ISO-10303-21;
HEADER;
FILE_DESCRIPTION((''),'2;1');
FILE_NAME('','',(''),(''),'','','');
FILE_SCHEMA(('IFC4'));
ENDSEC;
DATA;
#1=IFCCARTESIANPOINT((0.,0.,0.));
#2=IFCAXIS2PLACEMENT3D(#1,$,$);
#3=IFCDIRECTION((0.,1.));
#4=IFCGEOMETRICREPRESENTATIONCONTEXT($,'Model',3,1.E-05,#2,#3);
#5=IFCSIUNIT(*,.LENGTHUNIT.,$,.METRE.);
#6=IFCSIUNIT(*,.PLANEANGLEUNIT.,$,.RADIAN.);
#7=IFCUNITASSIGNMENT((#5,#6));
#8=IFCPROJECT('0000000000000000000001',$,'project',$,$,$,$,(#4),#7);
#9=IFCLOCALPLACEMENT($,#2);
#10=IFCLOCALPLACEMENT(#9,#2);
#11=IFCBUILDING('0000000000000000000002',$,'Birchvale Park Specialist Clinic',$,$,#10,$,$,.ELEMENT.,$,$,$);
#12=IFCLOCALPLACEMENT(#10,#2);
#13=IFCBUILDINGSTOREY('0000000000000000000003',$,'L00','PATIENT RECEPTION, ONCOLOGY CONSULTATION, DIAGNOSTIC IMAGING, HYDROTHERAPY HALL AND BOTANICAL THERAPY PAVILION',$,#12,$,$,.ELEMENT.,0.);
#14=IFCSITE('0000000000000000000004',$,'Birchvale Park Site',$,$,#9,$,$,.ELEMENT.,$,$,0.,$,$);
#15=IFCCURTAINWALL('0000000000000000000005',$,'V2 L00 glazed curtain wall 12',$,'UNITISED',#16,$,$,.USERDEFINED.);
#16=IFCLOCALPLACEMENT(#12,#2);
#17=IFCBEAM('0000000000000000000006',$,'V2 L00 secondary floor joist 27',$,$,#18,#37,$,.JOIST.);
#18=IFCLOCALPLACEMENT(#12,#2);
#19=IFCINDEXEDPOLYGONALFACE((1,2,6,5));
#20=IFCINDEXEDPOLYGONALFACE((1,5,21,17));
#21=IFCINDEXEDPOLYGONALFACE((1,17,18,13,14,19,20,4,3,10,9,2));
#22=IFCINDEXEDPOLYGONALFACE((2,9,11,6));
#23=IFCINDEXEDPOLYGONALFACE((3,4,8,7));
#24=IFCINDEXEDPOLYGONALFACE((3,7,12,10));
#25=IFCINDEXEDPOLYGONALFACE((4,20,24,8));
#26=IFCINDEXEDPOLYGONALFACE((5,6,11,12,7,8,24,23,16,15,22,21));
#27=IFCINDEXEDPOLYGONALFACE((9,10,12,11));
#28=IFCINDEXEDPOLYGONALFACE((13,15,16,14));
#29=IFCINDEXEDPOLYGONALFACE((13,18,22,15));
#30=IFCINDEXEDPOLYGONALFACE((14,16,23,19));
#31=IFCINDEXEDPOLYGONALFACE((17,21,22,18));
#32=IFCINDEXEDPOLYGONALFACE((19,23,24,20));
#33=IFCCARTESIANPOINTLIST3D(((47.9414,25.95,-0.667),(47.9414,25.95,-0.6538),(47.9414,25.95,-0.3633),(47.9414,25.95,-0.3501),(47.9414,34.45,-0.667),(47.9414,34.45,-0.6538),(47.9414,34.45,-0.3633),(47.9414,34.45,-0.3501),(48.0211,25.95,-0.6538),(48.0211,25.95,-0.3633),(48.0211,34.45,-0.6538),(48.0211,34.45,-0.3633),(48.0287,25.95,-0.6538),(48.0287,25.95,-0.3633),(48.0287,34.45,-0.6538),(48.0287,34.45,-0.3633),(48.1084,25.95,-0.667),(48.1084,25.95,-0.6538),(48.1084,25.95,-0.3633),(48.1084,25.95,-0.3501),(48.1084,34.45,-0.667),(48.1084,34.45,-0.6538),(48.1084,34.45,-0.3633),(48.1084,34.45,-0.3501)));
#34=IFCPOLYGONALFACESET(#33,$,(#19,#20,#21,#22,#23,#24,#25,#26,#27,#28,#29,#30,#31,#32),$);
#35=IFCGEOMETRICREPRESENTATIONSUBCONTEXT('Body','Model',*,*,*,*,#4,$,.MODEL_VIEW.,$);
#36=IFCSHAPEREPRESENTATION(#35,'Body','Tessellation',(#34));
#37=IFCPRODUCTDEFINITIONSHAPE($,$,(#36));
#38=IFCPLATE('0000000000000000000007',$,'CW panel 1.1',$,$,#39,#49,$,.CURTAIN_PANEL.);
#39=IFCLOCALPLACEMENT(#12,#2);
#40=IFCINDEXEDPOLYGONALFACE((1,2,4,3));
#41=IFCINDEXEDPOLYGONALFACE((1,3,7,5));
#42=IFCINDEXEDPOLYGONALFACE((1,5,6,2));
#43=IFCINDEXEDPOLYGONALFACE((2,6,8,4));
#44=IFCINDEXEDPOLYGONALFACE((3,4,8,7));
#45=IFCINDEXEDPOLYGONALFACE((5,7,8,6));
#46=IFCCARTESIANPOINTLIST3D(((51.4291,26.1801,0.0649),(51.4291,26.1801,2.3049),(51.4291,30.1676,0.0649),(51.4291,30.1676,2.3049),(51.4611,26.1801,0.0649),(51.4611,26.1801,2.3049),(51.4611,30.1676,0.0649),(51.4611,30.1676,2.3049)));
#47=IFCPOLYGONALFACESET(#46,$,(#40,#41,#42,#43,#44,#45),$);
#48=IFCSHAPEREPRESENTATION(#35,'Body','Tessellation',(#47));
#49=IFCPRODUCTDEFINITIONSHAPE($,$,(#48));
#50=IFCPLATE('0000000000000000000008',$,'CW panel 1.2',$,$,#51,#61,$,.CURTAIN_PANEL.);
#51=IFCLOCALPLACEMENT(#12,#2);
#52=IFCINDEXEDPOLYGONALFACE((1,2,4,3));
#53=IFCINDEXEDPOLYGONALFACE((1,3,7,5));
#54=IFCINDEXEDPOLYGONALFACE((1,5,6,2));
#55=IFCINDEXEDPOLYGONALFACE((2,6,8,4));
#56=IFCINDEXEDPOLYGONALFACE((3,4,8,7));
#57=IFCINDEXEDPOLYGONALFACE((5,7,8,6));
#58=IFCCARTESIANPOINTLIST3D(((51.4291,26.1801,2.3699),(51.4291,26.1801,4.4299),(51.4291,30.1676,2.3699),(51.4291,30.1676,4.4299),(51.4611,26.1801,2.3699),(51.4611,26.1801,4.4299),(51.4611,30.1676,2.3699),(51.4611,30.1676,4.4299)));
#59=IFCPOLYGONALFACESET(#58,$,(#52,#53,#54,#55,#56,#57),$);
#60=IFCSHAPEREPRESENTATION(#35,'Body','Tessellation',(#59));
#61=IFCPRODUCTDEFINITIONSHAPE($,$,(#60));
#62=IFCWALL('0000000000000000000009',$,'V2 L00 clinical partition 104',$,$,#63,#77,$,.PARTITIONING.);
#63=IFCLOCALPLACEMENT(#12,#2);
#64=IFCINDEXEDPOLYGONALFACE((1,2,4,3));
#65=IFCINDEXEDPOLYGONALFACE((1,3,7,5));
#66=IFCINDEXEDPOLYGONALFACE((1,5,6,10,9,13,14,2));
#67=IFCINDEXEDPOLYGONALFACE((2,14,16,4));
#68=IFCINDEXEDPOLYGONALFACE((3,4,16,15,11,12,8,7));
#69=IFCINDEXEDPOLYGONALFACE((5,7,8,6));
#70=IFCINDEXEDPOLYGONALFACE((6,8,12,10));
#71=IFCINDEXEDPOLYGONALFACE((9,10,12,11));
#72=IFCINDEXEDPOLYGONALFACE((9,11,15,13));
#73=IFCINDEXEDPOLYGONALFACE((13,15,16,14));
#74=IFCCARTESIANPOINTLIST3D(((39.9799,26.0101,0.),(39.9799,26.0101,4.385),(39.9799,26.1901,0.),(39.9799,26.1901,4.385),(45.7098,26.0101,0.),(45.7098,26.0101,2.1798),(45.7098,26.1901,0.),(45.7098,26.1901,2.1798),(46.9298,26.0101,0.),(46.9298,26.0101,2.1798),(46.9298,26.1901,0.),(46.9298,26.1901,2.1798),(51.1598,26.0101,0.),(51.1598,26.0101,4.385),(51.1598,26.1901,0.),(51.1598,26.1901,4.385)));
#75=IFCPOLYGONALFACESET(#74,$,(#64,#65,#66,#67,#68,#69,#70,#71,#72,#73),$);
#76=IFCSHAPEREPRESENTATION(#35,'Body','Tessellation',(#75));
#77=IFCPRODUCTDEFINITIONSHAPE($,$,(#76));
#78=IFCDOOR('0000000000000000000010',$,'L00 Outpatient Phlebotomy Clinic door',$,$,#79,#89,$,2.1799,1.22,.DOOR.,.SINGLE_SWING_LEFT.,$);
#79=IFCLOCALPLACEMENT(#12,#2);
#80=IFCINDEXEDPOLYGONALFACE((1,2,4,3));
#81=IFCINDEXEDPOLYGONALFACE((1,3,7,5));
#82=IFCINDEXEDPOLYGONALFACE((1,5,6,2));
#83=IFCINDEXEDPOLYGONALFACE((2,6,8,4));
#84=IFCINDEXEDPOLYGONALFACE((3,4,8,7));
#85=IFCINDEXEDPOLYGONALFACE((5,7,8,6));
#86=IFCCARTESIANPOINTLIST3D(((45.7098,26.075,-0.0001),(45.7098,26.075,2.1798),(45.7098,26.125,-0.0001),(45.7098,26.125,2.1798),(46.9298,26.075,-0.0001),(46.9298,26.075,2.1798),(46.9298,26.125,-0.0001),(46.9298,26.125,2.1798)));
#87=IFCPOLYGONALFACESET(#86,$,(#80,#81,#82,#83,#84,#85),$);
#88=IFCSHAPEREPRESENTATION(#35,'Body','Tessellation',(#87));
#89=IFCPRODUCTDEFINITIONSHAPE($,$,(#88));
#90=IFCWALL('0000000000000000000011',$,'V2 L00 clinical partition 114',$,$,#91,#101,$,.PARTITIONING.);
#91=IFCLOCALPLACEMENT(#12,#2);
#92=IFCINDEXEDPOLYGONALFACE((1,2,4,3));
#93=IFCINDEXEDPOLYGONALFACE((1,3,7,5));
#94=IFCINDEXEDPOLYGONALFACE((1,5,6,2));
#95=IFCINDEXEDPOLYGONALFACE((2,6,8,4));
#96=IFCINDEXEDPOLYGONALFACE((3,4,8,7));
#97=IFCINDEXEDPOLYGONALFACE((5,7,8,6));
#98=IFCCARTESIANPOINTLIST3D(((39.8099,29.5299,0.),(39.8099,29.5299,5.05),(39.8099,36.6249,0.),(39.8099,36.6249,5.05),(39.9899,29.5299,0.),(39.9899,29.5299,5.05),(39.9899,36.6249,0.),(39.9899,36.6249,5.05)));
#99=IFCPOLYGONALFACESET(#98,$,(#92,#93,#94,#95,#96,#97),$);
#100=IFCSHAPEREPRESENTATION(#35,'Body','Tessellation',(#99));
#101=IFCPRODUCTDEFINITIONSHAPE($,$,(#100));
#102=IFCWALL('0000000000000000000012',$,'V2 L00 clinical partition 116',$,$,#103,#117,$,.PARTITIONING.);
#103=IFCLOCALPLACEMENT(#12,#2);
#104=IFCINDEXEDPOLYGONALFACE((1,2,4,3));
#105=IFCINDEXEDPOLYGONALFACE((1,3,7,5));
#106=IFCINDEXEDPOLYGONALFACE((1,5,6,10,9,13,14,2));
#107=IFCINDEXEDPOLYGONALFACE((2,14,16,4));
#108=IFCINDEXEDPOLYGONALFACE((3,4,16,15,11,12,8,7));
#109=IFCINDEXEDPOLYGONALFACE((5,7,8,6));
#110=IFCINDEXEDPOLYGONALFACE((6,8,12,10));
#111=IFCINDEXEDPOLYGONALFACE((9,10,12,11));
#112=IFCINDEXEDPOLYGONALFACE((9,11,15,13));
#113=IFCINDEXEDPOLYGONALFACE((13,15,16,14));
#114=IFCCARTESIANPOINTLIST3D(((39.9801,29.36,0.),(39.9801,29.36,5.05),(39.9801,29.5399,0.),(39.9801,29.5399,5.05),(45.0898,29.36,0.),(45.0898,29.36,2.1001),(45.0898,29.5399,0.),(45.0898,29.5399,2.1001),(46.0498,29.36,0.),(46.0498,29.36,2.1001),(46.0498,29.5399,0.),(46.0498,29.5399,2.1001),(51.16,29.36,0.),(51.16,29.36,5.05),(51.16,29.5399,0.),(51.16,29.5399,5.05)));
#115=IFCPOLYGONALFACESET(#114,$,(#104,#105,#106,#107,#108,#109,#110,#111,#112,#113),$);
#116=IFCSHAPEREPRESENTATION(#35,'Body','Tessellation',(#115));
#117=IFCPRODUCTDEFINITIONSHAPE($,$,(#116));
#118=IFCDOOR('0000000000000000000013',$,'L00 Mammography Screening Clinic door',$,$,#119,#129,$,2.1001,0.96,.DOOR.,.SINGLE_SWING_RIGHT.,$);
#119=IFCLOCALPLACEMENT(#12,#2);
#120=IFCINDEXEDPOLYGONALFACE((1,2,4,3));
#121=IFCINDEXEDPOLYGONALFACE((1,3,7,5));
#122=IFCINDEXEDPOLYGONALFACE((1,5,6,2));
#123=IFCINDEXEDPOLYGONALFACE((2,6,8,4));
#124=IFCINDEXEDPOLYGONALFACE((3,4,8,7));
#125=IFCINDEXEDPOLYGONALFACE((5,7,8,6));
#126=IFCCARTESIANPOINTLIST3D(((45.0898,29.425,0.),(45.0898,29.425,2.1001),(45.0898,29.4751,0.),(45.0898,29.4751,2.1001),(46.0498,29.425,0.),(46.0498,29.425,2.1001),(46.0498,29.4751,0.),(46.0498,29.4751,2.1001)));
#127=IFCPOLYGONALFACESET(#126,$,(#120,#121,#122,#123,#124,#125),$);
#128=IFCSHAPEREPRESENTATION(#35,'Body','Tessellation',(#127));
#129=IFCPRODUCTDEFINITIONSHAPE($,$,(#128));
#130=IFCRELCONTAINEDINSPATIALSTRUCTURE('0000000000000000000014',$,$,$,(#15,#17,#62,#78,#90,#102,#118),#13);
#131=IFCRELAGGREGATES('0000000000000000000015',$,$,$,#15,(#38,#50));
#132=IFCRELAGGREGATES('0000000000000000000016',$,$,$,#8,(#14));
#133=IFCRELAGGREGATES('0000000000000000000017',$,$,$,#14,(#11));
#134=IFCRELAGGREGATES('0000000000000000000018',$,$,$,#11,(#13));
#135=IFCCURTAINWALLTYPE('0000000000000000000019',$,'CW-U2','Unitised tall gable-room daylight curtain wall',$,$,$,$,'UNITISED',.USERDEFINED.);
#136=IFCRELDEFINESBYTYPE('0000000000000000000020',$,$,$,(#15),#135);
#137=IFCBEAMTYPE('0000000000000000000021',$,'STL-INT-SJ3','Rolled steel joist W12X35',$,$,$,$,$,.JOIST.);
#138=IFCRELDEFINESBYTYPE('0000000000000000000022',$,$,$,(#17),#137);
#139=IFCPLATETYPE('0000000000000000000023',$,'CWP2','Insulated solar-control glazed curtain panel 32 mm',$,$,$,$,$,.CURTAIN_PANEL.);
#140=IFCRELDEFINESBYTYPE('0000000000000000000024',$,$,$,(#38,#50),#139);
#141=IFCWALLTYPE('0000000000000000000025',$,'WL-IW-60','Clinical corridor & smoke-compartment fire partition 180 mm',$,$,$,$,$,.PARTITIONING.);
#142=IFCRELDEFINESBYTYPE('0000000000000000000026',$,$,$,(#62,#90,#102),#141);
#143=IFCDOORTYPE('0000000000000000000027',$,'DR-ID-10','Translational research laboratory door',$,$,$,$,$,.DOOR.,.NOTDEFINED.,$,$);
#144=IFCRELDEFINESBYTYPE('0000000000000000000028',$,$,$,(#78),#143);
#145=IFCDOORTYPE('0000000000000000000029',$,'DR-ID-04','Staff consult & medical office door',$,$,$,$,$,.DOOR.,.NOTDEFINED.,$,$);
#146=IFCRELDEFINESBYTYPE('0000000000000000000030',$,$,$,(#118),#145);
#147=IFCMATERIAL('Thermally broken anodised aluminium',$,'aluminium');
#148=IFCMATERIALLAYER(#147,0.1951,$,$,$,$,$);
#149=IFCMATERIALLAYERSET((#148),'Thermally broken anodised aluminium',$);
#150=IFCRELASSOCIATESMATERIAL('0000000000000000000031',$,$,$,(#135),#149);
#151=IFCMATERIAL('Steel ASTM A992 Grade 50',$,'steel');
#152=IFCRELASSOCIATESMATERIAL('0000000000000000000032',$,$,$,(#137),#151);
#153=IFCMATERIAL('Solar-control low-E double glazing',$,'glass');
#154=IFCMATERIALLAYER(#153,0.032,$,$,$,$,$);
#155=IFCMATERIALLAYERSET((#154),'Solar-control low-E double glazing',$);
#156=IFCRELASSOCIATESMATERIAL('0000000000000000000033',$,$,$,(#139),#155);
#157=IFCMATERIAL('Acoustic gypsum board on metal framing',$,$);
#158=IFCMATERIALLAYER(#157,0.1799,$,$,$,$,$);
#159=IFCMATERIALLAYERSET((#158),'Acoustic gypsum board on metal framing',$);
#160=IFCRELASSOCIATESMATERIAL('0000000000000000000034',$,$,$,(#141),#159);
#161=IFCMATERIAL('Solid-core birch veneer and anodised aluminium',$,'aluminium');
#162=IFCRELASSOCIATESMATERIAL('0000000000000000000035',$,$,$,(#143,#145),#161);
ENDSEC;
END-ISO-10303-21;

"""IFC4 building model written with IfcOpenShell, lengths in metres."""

from ifc_helpers import new_model, si_unit, direction, frame, frame_2d, origin, origin_2d, place, context, subcontext, project, spatial, rectangle, i_section, extrude, material, layer, layer_set, material_profile, profile_set, type_object, element, fill, aggregate, save


model = new_model("IFC4")

# Units and contexts
model_context = context("Model", 3, precision=1e-05, world=origin(), true_north=direction((0.0, 1.0)))
body_context = subcontext(model_context, "Body", "Model", "MODEL_VIEW")
ifc_project = project(units=[si_unit("LENGTHUNIT", "METRE"), si_unit("PLANEANGLEUNIT", "RADIAN")], contexts=[model_context])

# Site, building, storey
site_placement = place(None, origin())
site = spatial("IfcSite", under=ifc_project, at=site_placement, Name="Birchvale Park Site", CompositionType="ELEMENT", RefElevation=0.0)
building_placement = place(site_placement, origin())
building = spatial("IfcBuilding", under=site, at=building_placement, Name="Birchvale Park Specialist Clinic", CompositionType="ELEMENT")
storey_placement = place(building_placement, origin())
storey = spatial("IfcBuildingStorey", under=building, at=storey_placement, Name="L00", Description="PATIENT RECEPTION, ONCOLOGY CONSULTATION, DIAGNOSTIC IMAGING, HYDROTHERAPY HALL AND BOTANICAL THERAPY PAVILION", CompositionType="ELEMENT", Elevation=0.0)

# Curtain wall
ifc_material_1 = material(Name="Thermally broken anodised aluminium", Category="aluminium")
ifc_layer_1 = layer(ifc_material_1, 0.1951)
ifc_layer_set_1 = layer_set([ifc_layer_1], Name="Thermally broken anodised aluminium")
curtain_wall_type = type_object("IfcCurtainWallType", Name="CW-U2", Description="Unitised tall gable-room daylight curtain wall", ElementType="UNITISED", PredefinedType="USERDEFINED", material=ifc_layer_set_1)
curtain_wall_placement = place(storey_placement, origin())
curtain_wall = element("IfcCurtainWall", 1, at=curtain_wall_placement, inside=storey, type_object=curtain_wall_type, Name="V2 L00 glazed curtain wall 12", ObjectType="UNITISED", PredefinedType="USERDEFINED")

# Beam
ifc_material_2 = material(Name="Steel ASTM A992 Grade 50", Category="steel")
ifc_material_profile_1 = material_profile(ifc_material_2, i_section(OverallWidth=0.167, OverallDepth=0.3169, WebThickness=0.0076, FlangeThickness=0.0132, at=origin_2d()), Name="W12X35")
ifc_profile_set_1 = profile_set([ifc_material_profile_1], Name="Steel ASTM A992 Grade 50")
beam_type_1 = type_object("IfcBeamType", Name="STL-INT-SJ3", Description="Rolled steel joist W12X35", PredefinedType="JOIST", material=ifc_profile_set_1)
beam_1_placement = place(storey_placement, frame((48.0249, 25.95, -0.5085), z_axis=(0.0, 1.0, 0.0), x_axis=(-1.0, 0.0, 0.0)))
element("IfcBeam", 2, at=beam_1_placement, inside=storey, type_object=beam_type_1, Name="V2 L00 secondary floor joist 27", PredefinedType="JOIST", context=body_context, shape_type="SweptSolid", body=[
    extrude(i_section(OverallWidth=0.167, OverallDepth=0.3169, WebThickness=0.0076, FlangeThickness=0.0132, at=origin_2d()), origin(), (0.0, 0.0, 1.0), 8.5),
])

# Plates
ifc_material_3 = material(Name="Solar-control low-E double glazing", Category="glass")
ifc_layer_2 = layer(ifc_material_3, 0.032)
ifc_layer_set_2 = layer_set([ifc_layer_2], Name="Solar-control low-E double glazing")
plate_type = type_object("IfcPlateType", Name="CWP2", Description="Insulated solar-control glazed curtain panel 32 mm", PredefinedType="CURTAIN_PANEL", material=ifc_layer_set_2)
plate_1_placement = place(storey_placement, frame((51.4451, 28.1738, 0.0649), z_axis=(0.0, 0.0, 1.0), x_axis=(0.0, 1.0, 0.0)))
plate_1 = element("IfcPlate", 3, at=plate_1_placement, type_object=plate_type, Name="CW panel 1.1", PredefinedType="CURTAIN_PANEL", context=body_context, shape_type="SweptSolid", body=[
    extrude(rectangle(XDim=3.9875, YDim=0.032, at=origin_2d()), origin(), (0.0, 0.0, 1.0), 2.24),
])
plate_2_placement = place(storey_placement, frame((51.4451, 28.1738, 2.3699), z_axis=(0.0, 0.0, 1.0), x_axis=(0.0, 1.0, 0.0)))
plate_2 = element("IfcPlate", 4, at=plate_2_placement, type_object=plate_type, Name="CW panel 1.2", PredefinedType="CURTAIN_PANEL", context=body_context, shape_type="SweptSolid", body=[
    extrude(rectangle(XDim=3.9875, YDim=0.032, at=origin_2d()), origin(), (0.0, 0.0, 1.0), 2.0601),
])
aggregate(curtain_wall, [plate_1, plate_2])

# Wall, opening, door
ifc_material_4 = material(Name="Acoustic gypsum board on metal framing")
ifc_layer_3 = layer(ifc_material_4, 0.1799)
ifc_layer_set_3 = layer_set([ifc_layer_3], Name="Acoustic gypsum board on metal framing")
wall_type = type_object("IfcWallType", Name="WL-IW-60", Description="Clinical corridor & smoke-compartment fire partition 180 mm", PredefinedType="PARTITIONING", material=ifc_layer_set_3)
wall_1_placement = place(storey_placement, frame((39.98, 26.1001, 0.0), z_axis=(0.0, 0.0, 1.0), x_axis=(1.0, 0.0, 0.0)))
wall_1 = element("IfcWall", 5, at=wall_1_placement, inside=storey, type_object=wall_type, Name="V2 L00 clinical partition 104", PredefinedType="PARTITIONING", context=body_context, shape_type="SweptSolid", body=[
    extrude(rectangle(XDim=11.1799, YDim=0.1799, at=frame_2d((5.5898, 0.0))), origin(), (0.0, 0.0, 1.0), 4.385),
])
opening_1_placement = place(wall_1_placement, frame((5.73, 0.0, 0.0)))
opening_1 = element("IfcOpeningElement", 6, at=opening_1_placement, cuts=wall_1, PredefinedType="OPENING", context=body_context, shape_type="SweptSolid", body=[
    extrude(rectangle(XDim=1.22, YDim=2.1799, at=frame_2d((0.6099, 1.0898))), frame((0.0, 0.1001, 0.0), z_axis=(0.0, -1.0, 0.0), x_axis=(1.0, 0.0, 0.0)), (0.0, 0.0, 1.0), 0.2),
])
ifc_material_5 = material(Name="Solid-core birch veneer and anodised aluminium", Category="aluminium")
door_type_1 = type_object("IfcDoorType", Name="DR-ID-10", Description="Translational research laboratory door", OperationType="NOTDEFINED", PredefinedType="DOOR", material=ifc_material_5)
door_1_placement = place(opening_1_placement, origin())
door_1 = element("IfcDoor", 7, at=door_1_placement, inside=storey, type_object=door_type_1, Name="L00 Outpatient Phlebotomy Clinic door", OperationType="SINGLE_SWING_LEFT", OverallHeight=2.1799, OverallWidth=1.22, PredefinedType="DOOR", context=body_context, shape_type="SweptSolid", body=[
    extrude(rectangle(XDim=1.22, YDim=2.1799, at=frame_2d((0.6099, 1.0898))), frame((0.0, 0.0249, 0.0), z_axis=(0.0, -1.0, 0.0), x_axis=(1.0, 0.0, 0.0)), (0.0, 0.0, 1.0), 0.05),
])
fill(opening_1, door_1)

# Wall
wall_2_placement = place(storey_placement, frame((39.8999, 29.53, 0.0), z_axis=(0.0, 0.0, 1.0), x_axis=(0.0, 1.0, 0.0)))
element("IfcWall", 8, at=wall_2_placement, inside=storey, type_object=wall_type, Name="V2 L00 clinical partition 114", PredefinedType="PARTITIONING", context=body_context, shape_type="SweptSolid", body=[
    extrude(rectangle(XDim=7.095, YDim=0.1799, at=frame_2d((3.5474, 0.0))), origin(), (0.0, 0.0, 1.0), 5.05),
])

# Wall, opening, door
wall_3_placement = place(storey_placement, frame((51.1599, 29.45, 0.0), z_axis=(0.0, 0.0, 1.0), x_axis=(-1.0, 0.0, 0.0)))
wall_3 = element("IfcWall", 9, at=wall_3_placement, inside=storey, type_object=wall_type, Name="V2 L00 clinical partition 116", PredefinedType="PARTITIONING", context=body_context, shape_type="SweptSolid", body=[
    extrude(rectangle(XDim=11.1799, YDim=0.1799, at=frame_2d((5.5898, 0.0))), origin(), (0.0, 0.0, 1.0), 5.05),
])
opening_2_placement = place(wall_3_placement, frame((5.1101, 0.0, 0.0)))
opening_2 = element("IfcOpeningElement", 10, at=opening_2_placement, cuts=wall_3, PredefinedType="OPENING", context=body_context, shape_type="SweptSolid", body=[
    extrude(rectangle(XDim=0.96, YDim=2.1001, at=frame_2d((0.48, 1.05))), frame((0.0, 0.1001, 0.0), z_axis=(0.0, -1.0, 0.0), x_axis=(1.0, 0.0, 0.0)), (0.0, 0.0, 1.0), 0.2),
])
door_type_2 = type_object("IfcDoorType", Name="DR-ID-04", Description="Staff consult & medical office door", OperationType="NOTDEFINED", PredefinedType="DOOR", material=ifc_material_5)
door_2_placement = place(opening_2_placement, origin())
door_2 = element("IfcDoor", 11, at=door_2_placement, inside=storey, type_object=door_type_2, Name="L00 Mammography Screening Clinic door", OperationType="SINGLE_SWING_RIGHT", OverallHeight=2.1001, OverallWidth=0.96, PredefinedType="DOOR", context=body_context, shape_type="SweptSolid", body=[
    extrude(rectangle(XDim=0.96, YDim=2.1001, at=frame_2d((0.48, 1.05))), frame((0.0, 0.0249, 0.0), z_axis=(0.0, -1.0, 0.0), x_axis=(1.0, 0.0, 0.0)), (0.0, 0.0, 1.0), 0.05),
])
fill(opening_2, door_2)

save(model, "model.ifc")
